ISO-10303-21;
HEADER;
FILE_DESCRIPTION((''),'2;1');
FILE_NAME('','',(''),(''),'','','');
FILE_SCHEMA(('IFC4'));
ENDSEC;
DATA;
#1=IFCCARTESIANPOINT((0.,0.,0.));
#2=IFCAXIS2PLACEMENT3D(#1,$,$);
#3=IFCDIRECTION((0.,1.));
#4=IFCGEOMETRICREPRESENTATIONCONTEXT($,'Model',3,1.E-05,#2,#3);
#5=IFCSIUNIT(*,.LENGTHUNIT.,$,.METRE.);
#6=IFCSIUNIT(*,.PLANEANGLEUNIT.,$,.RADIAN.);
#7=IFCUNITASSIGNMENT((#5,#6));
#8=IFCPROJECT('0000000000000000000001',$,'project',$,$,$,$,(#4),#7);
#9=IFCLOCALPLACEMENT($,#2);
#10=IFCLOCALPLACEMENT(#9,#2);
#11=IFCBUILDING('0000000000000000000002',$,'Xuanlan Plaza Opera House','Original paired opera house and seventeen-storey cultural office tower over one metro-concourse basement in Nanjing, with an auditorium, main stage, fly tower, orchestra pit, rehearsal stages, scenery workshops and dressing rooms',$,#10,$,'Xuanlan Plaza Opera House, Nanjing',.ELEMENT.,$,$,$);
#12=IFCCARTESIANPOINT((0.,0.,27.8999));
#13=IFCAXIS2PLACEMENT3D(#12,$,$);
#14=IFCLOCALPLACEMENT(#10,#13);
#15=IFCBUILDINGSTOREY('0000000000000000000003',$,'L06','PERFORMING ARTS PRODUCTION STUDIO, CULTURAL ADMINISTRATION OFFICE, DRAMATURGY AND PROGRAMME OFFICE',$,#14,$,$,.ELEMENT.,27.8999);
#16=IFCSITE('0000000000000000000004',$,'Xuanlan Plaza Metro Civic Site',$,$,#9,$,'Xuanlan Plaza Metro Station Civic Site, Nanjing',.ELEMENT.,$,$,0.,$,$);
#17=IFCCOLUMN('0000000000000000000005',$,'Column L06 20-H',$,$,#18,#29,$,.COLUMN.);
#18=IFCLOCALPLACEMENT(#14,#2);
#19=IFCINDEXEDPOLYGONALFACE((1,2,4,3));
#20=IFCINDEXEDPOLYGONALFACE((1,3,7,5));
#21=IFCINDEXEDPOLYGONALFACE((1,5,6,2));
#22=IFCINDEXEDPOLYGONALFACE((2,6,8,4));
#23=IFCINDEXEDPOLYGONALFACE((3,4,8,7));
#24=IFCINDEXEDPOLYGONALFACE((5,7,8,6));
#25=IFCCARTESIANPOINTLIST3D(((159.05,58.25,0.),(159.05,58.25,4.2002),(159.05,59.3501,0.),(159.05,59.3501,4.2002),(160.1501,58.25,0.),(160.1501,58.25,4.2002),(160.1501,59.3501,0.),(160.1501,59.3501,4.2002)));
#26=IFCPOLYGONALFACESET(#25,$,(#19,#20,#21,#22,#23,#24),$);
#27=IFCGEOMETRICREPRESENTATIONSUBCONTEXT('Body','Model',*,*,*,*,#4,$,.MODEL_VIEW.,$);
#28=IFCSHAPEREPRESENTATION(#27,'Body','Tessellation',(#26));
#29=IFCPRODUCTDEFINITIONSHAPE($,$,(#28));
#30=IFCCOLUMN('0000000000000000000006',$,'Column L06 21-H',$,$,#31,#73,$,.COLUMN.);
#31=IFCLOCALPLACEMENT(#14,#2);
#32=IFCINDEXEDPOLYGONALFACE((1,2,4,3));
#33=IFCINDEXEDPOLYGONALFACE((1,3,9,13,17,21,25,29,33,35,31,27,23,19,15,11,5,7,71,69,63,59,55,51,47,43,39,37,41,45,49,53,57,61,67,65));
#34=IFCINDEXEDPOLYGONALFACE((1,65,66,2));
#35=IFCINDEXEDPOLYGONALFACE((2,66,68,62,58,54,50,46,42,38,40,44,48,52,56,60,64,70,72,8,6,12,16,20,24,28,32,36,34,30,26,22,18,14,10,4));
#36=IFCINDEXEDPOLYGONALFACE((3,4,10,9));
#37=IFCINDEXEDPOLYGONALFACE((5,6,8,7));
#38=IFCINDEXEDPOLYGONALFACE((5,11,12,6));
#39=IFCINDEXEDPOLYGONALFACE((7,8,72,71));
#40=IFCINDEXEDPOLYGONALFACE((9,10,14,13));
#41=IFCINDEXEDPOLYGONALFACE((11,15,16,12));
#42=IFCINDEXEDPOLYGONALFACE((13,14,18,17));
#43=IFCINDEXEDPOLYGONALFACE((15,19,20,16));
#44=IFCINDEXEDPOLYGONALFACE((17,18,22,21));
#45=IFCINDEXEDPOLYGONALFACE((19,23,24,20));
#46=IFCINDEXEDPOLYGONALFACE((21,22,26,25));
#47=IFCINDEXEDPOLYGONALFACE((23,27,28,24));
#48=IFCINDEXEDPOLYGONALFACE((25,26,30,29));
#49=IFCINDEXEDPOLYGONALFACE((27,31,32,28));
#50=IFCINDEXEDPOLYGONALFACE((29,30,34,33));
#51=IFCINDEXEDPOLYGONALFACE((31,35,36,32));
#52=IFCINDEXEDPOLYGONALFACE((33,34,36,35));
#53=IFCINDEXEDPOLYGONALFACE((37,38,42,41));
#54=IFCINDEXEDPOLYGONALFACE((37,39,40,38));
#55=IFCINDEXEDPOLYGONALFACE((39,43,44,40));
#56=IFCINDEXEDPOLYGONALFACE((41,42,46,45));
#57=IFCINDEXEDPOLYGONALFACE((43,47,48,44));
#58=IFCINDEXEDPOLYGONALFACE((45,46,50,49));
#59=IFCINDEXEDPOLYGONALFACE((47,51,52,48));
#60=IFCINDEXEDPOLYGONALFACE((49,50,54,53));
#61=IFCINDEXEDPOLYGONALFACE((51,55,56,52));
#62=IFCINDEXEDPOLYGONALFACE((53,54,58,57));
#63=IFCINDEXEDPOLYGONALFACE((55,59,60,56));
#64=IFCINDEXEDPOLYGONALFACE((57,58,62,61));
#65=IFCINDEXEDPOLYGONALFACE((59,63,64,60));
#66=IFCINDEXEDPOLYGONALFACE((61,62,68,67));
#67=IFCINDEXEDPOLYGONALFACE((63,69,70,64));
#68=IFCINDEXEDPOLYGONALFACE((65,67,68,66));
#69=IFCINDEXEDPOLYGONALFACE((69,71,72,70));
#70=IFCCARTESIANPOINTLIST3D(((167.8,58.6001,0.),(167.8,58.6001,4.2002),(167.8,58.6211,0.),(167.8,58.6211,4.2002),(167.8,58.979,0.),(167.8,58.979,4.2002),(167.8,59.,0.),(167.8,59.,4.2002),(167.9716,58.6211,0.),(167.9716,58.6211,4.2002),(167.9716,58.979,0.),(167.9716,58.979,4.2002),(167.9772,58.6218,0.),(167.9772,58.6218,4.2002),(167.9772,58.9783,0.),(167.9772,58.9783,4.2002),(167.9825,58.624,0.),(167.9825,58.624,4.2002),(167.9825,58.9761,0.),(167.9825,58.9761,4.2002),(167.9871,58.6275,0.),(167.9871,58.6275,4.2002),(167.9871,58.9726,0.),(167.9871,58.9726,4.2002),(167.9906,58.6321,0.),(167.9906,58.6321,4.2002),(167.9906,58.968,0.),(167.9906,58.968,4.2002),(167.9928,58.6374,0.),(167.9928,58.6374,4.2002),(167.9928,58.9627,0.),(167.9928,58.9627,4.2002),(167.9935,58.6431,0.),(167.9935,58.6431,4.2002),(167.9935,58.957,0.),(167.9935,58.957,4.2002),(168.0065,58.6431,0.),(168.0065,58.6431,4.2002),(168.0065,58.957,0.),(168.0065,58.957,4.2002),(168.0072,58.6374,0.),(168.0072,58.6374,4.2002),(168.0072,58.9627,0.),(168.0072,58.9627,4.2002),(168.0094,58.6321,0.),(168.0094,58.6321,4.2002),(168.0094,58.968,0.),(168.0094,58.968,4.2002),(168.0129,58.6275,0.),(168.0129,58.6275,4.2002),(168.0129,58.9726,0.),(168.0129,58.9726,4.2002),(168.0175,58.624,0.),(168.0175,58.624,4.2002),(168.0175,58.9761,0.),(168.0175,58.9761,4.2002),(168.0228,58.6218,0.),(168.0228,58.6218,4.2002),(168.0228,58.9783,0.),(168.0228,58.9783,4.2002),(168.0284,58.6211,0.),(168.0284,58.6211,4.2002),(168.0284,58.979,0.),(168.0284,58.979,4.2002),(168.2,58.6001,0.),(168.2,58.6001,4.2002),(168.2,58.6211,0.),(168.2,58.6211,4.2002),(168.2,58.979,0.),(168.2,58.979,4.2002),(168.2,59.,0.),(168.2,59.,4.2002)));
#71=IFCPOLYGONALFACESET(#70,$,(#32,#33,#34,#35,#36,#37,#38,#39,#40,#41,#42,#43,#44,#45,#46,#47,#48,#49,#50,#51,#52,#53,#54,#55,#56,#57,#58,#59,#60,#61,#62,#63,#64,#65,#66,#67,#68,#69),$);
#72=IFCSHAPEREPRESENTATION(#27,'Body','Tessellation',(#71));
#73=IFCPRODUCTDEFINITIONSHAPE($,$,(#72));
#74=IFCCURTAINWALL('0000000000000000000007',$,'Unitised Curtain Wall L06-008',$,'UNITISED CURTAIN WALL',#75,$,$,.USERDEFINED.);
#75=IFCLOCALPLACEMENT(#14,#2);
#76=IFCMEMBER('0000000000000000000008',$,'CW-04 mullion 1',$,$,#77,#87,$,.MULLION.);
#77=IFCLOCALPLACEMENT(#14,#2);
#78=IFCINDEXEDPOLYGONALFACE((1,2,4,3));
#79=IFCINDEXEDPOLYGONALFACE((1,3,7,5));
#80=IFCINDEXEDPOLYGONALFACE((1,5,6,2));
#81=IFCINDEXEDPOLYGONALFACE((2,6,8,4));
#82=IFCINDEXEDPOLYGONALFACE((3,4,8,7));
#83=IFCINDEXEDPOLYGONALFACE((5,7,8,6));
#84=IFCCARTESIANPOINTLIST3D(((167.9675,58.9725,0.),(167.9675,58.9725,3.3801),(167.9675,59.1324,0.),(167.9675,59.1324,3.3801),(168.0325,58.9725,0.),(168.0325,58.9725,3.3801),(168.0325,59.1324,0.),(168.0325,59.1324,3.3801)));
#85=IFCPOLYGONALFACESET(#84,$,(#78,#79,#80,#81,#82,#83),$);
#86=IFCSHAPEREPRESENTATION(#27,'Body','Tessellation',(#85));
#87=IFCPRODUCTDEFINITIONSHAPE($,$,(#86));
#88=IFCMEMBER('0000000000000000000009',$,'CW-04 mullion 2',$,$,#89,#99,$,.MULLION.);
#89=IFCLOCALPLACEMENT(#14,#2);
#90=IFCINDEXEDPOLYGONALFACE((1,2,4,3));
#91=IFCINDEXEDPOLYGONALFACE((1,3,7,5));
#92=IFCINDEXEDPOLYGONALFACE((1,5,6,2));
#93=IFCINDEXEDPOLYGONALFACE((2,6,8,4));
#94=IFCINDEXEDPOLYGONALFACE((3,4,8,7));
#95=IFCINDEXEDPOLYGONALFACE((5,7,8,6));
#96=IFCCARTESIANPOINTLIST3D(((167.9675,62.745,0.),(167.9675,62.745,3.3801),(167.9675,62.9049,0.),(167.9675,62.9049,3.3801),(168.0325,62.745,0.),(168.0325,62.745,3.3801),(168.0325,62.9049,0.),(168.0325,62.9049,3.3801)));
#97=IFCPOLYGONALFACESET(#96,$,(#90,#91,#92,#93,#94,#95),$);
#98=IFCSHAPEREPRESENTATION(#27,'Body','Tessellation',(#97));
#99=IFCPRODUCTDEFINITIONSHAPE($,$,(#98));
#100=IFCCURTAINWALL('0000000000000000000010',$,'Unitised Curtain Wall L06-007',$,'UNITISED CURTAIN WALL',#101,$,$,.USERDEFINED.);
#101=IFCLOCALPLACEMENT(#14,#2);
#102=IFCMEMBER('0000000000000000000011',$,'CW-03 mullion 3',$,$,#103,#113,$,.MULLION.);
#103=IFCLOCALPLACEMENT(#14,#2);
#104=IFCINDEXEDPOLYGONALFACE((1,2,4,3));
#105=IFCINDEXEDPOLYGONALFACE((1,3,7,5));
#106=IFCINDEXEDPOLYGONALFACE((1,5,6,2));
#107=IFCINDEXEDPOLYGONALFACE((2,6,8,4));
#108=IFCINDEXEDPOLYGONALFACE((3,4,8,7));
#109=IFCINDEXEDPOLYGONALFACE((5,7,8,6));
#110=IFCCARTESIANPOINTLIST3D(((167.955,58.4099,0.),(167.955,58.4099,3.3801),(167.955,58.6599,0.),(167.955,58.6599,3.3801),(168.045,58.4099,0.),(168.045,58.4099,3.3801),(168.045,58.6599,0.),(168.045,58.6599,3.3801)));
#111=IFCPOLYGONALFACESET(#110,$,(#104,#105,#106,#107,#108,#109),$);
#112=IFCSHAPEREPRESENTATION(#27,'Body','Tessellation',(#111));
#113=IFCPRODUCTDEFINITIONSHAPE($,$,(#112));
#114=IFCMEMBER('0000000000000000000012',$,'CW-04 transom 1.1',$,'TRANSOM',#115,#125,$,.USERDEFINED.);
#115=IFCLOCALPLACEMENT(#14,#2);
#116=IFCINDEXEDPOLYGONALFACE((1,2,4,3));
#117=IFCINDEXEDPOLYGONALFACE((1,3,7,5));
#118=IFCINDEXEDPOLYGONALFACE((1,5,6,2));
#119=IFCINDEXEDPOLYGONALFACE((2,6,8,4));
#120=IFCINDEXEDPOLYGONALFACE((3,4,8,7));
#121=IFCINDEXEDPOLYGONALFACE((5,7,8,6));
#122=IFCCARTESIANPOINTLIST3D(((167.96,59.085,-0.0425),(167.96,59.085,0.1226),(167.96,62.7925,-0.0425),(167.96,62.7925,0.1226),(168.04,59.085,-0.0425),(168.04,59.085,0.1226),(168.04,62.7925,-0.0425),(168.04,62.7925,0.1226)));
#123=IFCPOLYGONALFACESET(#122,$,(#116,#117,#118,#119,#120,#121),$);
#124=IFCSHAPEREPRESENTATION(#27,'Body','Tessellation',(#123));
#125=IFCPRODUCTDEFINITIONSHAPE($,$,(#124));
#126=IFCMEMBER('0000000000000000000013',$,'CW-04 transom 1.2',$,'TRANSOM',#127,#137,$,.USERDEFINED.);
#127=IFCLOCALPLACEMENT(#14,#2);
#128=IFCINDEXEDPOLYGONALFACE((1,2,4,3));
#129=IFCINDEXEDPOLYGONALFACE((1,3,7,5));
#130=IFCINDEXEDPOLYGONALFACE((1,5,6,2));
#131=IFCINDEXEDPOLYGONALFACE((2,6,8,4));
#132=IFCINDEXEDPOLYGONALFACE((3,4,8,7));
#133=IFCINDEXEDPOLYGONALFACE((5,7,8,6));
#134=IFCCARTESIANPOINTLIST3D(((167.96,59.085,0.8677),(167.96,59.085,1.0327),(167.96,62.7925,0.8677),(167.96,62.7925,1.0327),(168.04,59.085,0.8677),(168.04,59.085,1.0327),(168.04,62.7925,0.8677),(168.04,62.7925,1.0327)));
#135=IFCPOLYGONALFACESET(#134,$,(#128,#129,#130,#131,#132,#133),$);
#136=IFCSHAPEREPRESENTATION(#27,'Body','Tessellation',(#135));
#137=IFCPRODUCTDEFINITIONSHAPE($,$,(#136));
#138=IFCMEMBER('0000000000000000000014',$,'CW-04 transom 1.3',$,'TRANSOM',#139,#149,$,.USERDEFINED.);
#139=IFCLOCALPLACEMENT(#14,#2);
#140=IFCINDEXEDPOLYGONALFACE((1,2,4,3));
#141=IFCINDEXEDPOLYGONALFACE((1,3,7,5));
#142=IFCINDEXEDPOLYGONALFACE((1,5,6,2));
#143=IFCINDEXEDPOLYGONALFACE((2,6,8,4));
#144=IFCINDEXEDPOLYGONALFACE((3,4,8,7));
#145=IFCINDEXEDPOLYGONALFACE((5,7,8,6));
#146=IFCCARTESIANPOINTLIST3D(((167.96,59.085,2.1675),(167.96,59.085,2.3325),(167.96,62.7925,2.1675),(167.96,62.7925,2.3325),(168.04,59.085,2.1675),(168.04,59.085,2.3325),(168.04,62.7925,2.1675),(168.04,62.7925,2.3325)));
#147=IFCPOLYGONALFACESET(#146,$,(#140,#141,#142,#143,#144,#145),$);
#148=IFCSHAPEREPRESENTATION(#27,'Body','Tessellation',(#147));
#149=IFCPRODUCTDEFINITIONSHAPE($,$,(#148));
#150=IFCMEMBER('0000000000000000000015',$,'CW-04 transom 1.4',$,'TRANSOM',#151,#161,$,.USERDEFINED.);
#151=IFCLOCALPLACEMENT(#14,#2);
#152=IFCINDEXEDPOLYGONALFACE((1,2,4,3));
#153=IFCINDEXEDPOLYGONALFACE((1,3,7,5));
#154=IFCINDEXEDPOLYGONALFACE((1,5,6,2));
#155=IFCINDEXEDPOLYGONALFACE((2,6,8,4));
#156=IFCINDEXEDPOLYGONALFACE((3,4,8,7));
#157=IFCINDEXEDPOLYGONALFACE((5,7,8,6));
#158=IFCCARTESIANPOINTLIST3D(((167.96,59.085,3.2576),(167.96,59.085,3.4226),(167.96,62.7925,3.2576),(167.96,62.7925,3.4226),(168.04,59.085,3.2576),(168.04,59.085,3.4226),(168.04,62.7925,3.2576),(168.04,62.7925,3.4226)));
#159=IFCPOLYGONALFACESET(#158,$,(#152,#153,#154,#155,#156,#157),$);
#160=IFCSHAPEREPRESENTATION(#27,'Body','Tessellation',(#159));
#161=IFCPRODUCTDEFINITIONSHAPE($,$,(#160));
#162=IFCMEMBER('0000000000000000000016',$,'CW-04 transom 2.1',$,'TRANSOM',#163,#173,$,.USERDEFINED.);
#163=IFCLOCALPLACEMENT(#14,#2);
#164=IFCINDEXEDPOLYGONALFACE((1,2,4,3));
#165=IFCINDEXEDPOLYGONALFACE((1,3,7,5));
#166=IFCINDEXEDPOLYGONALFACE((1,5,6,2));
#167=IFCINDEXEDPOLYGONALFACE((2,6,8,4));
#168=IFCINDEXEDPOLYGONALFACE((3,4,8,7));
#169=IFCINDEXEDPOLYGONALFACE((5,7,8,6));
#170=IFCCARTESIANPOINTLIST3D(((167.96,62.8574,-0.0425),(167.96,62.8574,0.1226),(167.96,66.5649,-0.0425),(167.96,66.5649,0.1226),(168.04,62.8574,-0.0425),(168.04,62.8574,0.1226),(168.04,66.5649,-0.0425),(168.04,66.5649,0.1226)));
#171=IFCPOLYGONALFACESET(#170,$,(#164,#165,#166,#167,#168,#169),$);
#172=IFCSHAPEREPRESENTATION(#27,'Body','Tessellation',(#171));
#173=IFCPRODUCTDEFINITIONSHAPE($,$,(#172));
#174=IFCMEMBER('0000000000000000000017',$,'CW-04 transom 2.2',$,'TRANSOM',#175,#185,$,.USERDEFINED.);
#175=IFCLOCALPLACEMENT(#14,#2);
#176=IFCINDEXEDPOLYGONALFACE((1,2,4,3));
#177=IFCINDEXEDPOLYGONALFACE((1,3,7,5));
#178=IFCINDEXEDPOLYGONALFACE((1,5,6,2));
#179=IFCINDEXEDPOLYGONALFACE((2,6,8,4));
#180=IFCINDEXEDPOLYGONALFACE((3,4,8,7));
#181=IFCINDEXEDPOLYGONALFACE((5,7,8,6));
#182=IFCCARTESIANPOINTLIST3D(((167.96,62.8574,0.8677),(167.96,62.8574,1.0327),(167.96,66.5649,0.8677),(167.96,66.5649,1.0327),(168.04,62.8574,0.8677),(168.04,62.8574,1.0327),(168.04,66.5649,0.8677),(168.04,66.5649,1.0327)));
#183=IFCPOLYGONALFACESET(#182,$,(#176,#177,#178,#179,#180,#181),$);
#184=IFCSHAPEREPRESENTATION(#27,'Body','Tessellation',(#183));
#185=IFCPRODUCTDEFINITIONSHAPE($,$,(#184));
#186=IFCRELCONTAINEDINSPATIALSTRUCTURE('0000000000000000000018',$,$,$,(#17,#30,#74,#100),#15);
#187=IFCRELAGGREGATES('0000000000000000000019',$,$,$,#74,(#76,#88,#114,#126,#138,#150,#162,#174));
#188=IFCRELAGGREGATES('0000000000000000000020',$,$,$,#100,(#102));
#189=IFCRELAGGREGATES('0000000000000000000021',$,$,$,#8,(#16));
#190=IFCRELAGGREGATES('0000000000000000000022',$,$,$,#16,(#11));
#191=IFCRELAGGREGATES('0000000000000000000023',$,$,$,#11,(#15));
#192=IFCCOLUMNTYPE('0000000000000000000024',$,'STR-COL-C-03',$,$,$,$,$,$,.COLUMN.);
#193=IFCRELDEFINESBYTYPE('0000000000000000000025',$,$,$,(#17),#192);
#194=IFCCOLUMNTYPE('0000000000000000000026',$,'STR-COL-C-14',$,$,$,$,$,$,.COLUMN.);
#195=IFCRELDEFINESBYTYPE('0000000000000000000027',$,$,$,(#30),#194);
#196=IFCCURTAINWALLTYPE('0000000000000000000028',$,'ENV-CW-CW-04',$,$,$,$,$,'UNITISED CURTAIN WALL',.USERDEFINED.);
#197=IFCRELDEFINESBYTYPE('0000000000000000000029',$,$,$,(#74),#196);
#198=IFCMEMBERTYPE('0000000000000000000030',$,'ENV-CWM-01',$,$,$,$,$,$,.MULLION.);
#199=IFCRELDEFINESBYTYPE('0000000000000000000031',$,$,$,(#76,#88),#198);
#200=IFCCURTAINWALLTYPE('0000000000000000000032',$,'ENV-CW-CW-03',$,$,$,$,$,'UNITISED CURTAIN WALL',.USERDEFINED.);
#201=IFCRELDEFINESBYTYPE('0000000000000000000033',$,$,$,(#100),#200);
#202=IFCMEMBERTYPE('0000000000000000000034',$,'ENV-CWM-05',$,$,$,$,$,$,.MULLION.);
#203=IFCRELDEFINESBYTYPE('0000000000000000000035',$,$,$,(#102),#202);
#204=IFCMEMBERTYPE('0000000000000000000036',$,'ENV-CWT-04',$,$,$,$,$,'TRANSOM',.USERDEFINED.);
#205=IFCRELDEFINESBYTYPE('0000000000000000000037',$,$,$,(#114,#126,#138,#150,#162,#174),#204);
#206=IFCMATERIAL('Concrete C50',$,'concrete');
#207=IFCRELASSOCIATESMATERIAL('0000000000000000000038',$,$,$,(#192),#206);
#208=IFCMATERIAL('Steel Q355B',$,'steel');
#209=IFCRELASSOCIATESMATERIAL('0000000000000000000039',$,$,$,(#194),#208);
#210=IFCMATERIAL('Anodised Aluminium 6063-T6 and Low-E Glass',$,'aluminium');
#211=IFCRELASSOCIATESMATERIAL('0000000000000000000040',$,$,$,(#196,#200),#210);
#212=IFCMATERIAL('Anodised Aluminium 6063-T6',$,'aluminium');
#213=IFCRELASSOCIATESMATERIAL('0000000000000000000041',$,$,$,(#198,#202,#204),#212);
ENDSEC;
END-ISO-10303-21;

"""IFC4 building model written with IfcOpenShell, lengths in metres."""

from ifc_helpers import new_model, si_unit, direction, frame, origin, origin_2d, place, context, subcontext, project, spatial, rectangle, i_section, extrude, material, material_profile, profile_set, type_object, element, aggregate, save


model = new_model("IFC4")

# Units and contexts
model_context = context("Model", 3, precision=1e-05, world=origin(), true_north=direction((0.0, 1.0)))
body_context = subcontext(model_context, "Body", "Model", "MODEL_VIEW")
ifc_project = project(units=[si_unit("LENGTHUNIT", "METRE"), si_unit("PLANEANGLEUNIT", "RADIAN")], contexts=[model_context])

# Site, building, storey
site_placement = place(None, origin())
site = spatial("IfcSite", under=ifc_project, at=site_placement, Name="Xuanlan Plaza Metro Civic Site", LongName="Xuanlan Plaza Metro Station Civic Site, Nanjing", CompositionType="ELEMENT", RefElevation=0.0)
building_placement = place(site_placement, origin())
building = spatial("IfcBuilding", under=site, at=building_placement, Name="Xuanlan Plaza Opera House", Description="Original paired opera house and seventeen-storey cultural office tower over one metro-concourse basement in Nanjing, with an auditorium, main stage, fly tower, orchestra pit, rehearsal stages, scenery workshops and dressing rooms", LongName="Xuanlan Plaza Opera House, Nanjing", CompositionType="ELEMENT")
storey_placement = place(building_placement, frame((0.0, 0.0, 27.8999)))
storey = spatial("IfcBuildingStorey", under=building, at=storey_placement, Name="L06", Description="PERFORMING ARTS PRODUCTION STUDIO, CULTURAL ADMINISTRATION OFFICE, DRAMATURGY AND PROGRAMME OFFICE", CompositionType="ELEMENT", Elevation=27.8999)

# Columns
ifc_material_1 = material(Name="Concrete C50", Category="concrete")
ifc_material_profile_1 = material_profile(ifc_material_1, rectangle(XDim=1.1001, YDim=1.1001, at=origin_2d()), Name="RC-COL 1100x1100")
ifc_profile_set_1 = profile_set([ifc_material_profile_1], Name="Concrete C50")
column_type_1 = type_object("IfcColumnType", Name="STR-COL-C-03", PredefinedType="COLUMN", material=ifc_profile_set_1)
column_1_placement = place(storey_placement, frame((159.6001, 58.8, 0.0), z_axis=(0.0, 0.0, 1.0), x_axis=(1.0, 0.0, 0.0)))
element("IfcColumn", 1, at=column_1_placement, inside=storey, type_object=column_type_1, Name="Column L06 20-H", PredefinedType="COLUMN", context=body_context, shape_type="SweptSolid", body=[
    extrude(rectangle(XDim=1.1001, YDim=1.1001, at=origin_2d()), origin(), (0.0, 0.0, 1.0), 4.2002),
])
ifc_material_2 = material(Name="Steel Q355B", Category="steel")
ifc_material_profile_2 = material_profile(ifc_material_2, i_section(OverallWidth=0.3999, OverallDepth=0.3999, WebThickness=0.0129, FlangeThickness=0.021, FilletRadius=0.022, at=origin_2d()), Name="HW 400x400x13x21")
ifc_profile_set_2 = profile_set([ifc_material_profile_2], Name="Steel Q355B")
column_type_2 = type_object("IfcColumnType", Name="STR-COL-C-14", PredefinedType="COLUMN", material=ifc_profile_set_2)
column_2_placement = place(storey_placement, frame((168.0, 58.8, 0.0), z_axis=(0.0, 0.0, 1.0), x_axis=(1.0, 0.0, 0.0)))
element("IfcColumn", 2, at=column_2_placement, inside=storey, type_object=column_type_2, Name="Column L06 21-H", PredefinedType="COLUMN", context=body_context, shape_type="SweptSolid", body=[
    extrude(i_section(OverallWidth=0.3999, OverallDepth=0.3999, WebThickness=0.0129, FlangeThickness=0.021, FilletRadius=0.022, at=origin_2d()), origin(), (0.0, 0.0, 1.0), 4.2002),
])

# Curtain wall, members
ifc_material_3 = material(Name="Anodised Aluminium 6063-T6 and Low-E Glass", Category="aluminium")
curtain_wall_type_1 = type_object("IfcCurtainWallType", Name="ENV-CW-CW-04", ElementType="UNITISED CURTAIN WALL", PredefinedType="USERDEFINED", material=ifc_material_3)
curtain_wall_1_placement = place(storey_placement, origin())
curtain_wall_1 = element("IfcCurtainWall", 3, at=curtain_wall_1_placement, inside=storey, type_object=curtain_wall_type_1, Name="Unitised Curtain Wall L06-008", ObjectType="UNITISED CURTAIN WALL", PredefinedType="USERDEFINED")
ifc_material_4 = material(Name="Anodised Aluminium 6063-T6", Category="aluminium")
ifc_material_profile_3 = material_profile(ifc_material_4, rectangle(XDim=0.0649, YDim=0.1599, at=origin_2d()), Name="ALU-M 65x160")
ifc_profile_set_3 = profile_set([ifc_material_profile_3], Name="Anodised Aluminium 6063-T6")
member_type_1 = type_object("IfcMemberType", Name="ENV-CWM-01", PredefinedType="MULLION", material=ifc_profile_set_3)
member_1_placement = place(storey_placement, frame((168.0, 59.0525, 0.0), z_axis=(0.0, 0.0, 1.0), x_axis=(-1.0, 0.0, 0.0)))
member_1 = element("IfcMember", 4, at=member_1_placement, type_object=member_type_1, Name="CW-04 mullion 1", PredefinedType="MULLION", context=body_context, shape_type="SweptSolid", body=[
    extrude(rectangle(XDim=0.0649, YDim=0.1599, at=origin_2d()), origin(), (0.0, 0.0, 1.0), 3.3801),
])
member_2_placement = place(storey_placement, frame((168.0, 62.825, 0.0), z_axis=(0.0, 0.0, 1.0), x_axis=(-1.0, 0.0, 0.0)))
member_2 = element("IfcMember", 5, at=member_2_placement, type_object=member_type_1, Name="CW-04 mullion 2", PredefinedType="MULLION", context=body_context, shape_type="SweptSolid", body=[
    extrude(rectangle(XDim=0.0649, YDim=0.1599, at=origin_2d()), origin(), (0.0, 0.0, 1.0), 3.3801),
])

# Curtain wall, member
curtain_wall_type_2 = type_object("IfcCurtainWallType", Name="ENV-CW-CW-03", ElementType="UNITISED CURTAIN WALL", PredefinedType="USERDEFINED", material=ifc_material_3)
curtain_wall_2_placement = place(storey_placement, origin())
curtain_wall_2 = element("IfcCurtainWall", 6, at=curtain_wall_2_placement, inside=storey, type_object=curtain_wall_type_2, Name="Unitised Curtain Wall L06-007", ObjectType="UNITISED CURTAIN WALL", PredefinedType="USERDEFINED")
ifc_material_profile_4 = material_profile(ifc_material_4, rectangle(XDim=0.0901, YDim=0.25, at=origin_2d()), Name="ALU-M 90x250")
ifc_profile_set_4 = profile_set([ifc_material_profile_4], Name="Anodised Aluminium 6063-T6")
member_type_2 = type_object("IfcMemberType", Name="ENV-CWM-05", PredefinedType="MULLION", material=ifc_profile_set_4)
member_3_placement = place(storey_placement, frame((168.0, 58.5349, 0.0), z_axis=(0.0, 0.0, 1.0), x_axis=(-1.0, 0.0, 0.0)))
member_3 = element("IfcMember", 7, at=member_3_placement, type_object=member_type_2, Name="CW-03 mullion 3", PredefinedType="MULLION", context=body_context, shape_type="SweptSolid", body=[
    extrude(rectangle(XDim=0.0901, YDim=0.25, at=origin_2d()), origin(), (0.0, 0.0, 1.0), 3.3801),
])

# Members
ifc_material_profile_5 = material_profile(ifc_material_4, rectangle(XDim=0.0801, YDim=0.165, at=origin_2d()), Name="ALU-T 80x165")
ifc_profile_set_5 = profile_set([ifc_material_profile_5], Name="Anodised Aluminium 6063-T6")
member_type_3 = type_object("IfcMemberType", Name="ENV-CWT-04", ElementType="TRANSOM", PredefinedType="USERDEFINED", material=ifc_profile_set_5)
member_4_placement = place(storey_placement, frame((168.0, 59.085, 0.04), z_axis=(0.0, 1.0, 0.0), x_axis=(-1.0, 0.0, 0.0)))
member_4 = element("IfcMember", 8, at=member_4_placement, type_object=member_type_3, Name="CW-04 transom 1.1", ObjectType="TRANSOM", PredefinedType="USERDEFINED", context=body_context, shape_type="SweptSolid", body=[
    extrude(rectangle(XDim=0.0801, YDim=0.165, at=origin_2d()), origin(), (0.0, 0.0, 1.0), 3.7075),
])
member_5_placement = place(storey_placement, frame((168.0, 59.085, 0.9502), z_axis=(0.0, 1.0, 0.0), x_axis=(-1.0, 0.0, 0.0)))
member_5 = element("IfcMember", 9, at=member_5_placement, type_object=member_type_3, Name="CW-04 transom 1.2", ObjectType="TRANSOM", PredefinedType="USERDEFINED", context=body_context, shape_type="SweptSolid", body=[
    extrude(rectangle(XDim=0.0801, YDim=0.165, at=origin_2d()), origin(), (0.0, 0.0, 1.0), 3.7075),
])
member_6_placement = place(storey_placement, frame((168.0, 59.085, 2.25), z_axis=(0.0, 1.0, 0.0), x_axis=(-1.0, 0.0, 0.0)))
member_6 = element("IfcMember", 10, at=member_6_placement, type_object=member_type_3, Name="CW-04 transom 1.3", ObjectType="TRANSOM", PredefinedType="USERDEFINED", context=body_context, shape_type="SweptSolid", body=[
    extrude(rectangle(XDim=0.0801, YDim=0.165, at=origin_2d()), origin(), (0.0, 0.0, 1.0), 3.7075),
])
member_7_placement = place(storey_placement, frame((168.0, 59.085, 3.3401), z_axis=(0.0, 1.0, 0.0), x_axis=(-1.0, 0.0, 0.0)))
member_7 = element("IfcMember", 11, at=member_7_placement, type_object=member_type_3, Name="CW-04 transom 1.4", ObjectType="TRANSOM", PredefinedType="USERDEFINED", context=body_context, shape_type="SweptSolid", body=[
    extrude(rectangle(XDim=0.0801, YDim=0.165, at=origin_2d()), origin(), (0.0, 0.0, 1.0), 3.7075),
])
member_8_placement = place(storey_placement, frame((168.0, 62.8574, 0.04), z_axis=(0.0, 1.0, 0.0), x_axis=(-1.0, 0.0, 0.0)))
member_8 = element("IfcMember", 12, at=member_8_placement, type_object=member_type_3, Name="CW-04 transom 2.1", ObjectType="TRANSOM", PredefinedType="USERDEFINED", context=body_context, shape_type="SweptSolid", body=[
    extrude(rectangle(XDim=0.0801, YDim=0.165, at=origin_2d()), origin(), (0.0, 0.0, 1.0), 3.7075),
])
member_9_placement = place(storey_placement, frame((168.0, 62.8574, 0.9502), z_axis=(0.0, 1.0, 0.0), x_axis=(-1.0, 0.0, 0.0)))
member_9 = element("IfcMember", 13, at=member_9_placement, type_object=member_type_3, Name="CW-04 transom 2.2", ObjectType="TRANSOM", PredefinedType="USERDEFINED", context=body_context, shape_type="SweptSolid", body=[
    extrude(rectangle(XDim=0.0801, YDim=0.165, at=origin_2d()), origin(), (0.0, 0.0, 1.0), 3.7075),
])

aggregate(curtain_wall_1, [member_1, member_2, member_4, member_5, member_6, member_7, member_8, member_9])
aggregate(curtain_wall_2, [member_3])

save(model, "model.ifc")
